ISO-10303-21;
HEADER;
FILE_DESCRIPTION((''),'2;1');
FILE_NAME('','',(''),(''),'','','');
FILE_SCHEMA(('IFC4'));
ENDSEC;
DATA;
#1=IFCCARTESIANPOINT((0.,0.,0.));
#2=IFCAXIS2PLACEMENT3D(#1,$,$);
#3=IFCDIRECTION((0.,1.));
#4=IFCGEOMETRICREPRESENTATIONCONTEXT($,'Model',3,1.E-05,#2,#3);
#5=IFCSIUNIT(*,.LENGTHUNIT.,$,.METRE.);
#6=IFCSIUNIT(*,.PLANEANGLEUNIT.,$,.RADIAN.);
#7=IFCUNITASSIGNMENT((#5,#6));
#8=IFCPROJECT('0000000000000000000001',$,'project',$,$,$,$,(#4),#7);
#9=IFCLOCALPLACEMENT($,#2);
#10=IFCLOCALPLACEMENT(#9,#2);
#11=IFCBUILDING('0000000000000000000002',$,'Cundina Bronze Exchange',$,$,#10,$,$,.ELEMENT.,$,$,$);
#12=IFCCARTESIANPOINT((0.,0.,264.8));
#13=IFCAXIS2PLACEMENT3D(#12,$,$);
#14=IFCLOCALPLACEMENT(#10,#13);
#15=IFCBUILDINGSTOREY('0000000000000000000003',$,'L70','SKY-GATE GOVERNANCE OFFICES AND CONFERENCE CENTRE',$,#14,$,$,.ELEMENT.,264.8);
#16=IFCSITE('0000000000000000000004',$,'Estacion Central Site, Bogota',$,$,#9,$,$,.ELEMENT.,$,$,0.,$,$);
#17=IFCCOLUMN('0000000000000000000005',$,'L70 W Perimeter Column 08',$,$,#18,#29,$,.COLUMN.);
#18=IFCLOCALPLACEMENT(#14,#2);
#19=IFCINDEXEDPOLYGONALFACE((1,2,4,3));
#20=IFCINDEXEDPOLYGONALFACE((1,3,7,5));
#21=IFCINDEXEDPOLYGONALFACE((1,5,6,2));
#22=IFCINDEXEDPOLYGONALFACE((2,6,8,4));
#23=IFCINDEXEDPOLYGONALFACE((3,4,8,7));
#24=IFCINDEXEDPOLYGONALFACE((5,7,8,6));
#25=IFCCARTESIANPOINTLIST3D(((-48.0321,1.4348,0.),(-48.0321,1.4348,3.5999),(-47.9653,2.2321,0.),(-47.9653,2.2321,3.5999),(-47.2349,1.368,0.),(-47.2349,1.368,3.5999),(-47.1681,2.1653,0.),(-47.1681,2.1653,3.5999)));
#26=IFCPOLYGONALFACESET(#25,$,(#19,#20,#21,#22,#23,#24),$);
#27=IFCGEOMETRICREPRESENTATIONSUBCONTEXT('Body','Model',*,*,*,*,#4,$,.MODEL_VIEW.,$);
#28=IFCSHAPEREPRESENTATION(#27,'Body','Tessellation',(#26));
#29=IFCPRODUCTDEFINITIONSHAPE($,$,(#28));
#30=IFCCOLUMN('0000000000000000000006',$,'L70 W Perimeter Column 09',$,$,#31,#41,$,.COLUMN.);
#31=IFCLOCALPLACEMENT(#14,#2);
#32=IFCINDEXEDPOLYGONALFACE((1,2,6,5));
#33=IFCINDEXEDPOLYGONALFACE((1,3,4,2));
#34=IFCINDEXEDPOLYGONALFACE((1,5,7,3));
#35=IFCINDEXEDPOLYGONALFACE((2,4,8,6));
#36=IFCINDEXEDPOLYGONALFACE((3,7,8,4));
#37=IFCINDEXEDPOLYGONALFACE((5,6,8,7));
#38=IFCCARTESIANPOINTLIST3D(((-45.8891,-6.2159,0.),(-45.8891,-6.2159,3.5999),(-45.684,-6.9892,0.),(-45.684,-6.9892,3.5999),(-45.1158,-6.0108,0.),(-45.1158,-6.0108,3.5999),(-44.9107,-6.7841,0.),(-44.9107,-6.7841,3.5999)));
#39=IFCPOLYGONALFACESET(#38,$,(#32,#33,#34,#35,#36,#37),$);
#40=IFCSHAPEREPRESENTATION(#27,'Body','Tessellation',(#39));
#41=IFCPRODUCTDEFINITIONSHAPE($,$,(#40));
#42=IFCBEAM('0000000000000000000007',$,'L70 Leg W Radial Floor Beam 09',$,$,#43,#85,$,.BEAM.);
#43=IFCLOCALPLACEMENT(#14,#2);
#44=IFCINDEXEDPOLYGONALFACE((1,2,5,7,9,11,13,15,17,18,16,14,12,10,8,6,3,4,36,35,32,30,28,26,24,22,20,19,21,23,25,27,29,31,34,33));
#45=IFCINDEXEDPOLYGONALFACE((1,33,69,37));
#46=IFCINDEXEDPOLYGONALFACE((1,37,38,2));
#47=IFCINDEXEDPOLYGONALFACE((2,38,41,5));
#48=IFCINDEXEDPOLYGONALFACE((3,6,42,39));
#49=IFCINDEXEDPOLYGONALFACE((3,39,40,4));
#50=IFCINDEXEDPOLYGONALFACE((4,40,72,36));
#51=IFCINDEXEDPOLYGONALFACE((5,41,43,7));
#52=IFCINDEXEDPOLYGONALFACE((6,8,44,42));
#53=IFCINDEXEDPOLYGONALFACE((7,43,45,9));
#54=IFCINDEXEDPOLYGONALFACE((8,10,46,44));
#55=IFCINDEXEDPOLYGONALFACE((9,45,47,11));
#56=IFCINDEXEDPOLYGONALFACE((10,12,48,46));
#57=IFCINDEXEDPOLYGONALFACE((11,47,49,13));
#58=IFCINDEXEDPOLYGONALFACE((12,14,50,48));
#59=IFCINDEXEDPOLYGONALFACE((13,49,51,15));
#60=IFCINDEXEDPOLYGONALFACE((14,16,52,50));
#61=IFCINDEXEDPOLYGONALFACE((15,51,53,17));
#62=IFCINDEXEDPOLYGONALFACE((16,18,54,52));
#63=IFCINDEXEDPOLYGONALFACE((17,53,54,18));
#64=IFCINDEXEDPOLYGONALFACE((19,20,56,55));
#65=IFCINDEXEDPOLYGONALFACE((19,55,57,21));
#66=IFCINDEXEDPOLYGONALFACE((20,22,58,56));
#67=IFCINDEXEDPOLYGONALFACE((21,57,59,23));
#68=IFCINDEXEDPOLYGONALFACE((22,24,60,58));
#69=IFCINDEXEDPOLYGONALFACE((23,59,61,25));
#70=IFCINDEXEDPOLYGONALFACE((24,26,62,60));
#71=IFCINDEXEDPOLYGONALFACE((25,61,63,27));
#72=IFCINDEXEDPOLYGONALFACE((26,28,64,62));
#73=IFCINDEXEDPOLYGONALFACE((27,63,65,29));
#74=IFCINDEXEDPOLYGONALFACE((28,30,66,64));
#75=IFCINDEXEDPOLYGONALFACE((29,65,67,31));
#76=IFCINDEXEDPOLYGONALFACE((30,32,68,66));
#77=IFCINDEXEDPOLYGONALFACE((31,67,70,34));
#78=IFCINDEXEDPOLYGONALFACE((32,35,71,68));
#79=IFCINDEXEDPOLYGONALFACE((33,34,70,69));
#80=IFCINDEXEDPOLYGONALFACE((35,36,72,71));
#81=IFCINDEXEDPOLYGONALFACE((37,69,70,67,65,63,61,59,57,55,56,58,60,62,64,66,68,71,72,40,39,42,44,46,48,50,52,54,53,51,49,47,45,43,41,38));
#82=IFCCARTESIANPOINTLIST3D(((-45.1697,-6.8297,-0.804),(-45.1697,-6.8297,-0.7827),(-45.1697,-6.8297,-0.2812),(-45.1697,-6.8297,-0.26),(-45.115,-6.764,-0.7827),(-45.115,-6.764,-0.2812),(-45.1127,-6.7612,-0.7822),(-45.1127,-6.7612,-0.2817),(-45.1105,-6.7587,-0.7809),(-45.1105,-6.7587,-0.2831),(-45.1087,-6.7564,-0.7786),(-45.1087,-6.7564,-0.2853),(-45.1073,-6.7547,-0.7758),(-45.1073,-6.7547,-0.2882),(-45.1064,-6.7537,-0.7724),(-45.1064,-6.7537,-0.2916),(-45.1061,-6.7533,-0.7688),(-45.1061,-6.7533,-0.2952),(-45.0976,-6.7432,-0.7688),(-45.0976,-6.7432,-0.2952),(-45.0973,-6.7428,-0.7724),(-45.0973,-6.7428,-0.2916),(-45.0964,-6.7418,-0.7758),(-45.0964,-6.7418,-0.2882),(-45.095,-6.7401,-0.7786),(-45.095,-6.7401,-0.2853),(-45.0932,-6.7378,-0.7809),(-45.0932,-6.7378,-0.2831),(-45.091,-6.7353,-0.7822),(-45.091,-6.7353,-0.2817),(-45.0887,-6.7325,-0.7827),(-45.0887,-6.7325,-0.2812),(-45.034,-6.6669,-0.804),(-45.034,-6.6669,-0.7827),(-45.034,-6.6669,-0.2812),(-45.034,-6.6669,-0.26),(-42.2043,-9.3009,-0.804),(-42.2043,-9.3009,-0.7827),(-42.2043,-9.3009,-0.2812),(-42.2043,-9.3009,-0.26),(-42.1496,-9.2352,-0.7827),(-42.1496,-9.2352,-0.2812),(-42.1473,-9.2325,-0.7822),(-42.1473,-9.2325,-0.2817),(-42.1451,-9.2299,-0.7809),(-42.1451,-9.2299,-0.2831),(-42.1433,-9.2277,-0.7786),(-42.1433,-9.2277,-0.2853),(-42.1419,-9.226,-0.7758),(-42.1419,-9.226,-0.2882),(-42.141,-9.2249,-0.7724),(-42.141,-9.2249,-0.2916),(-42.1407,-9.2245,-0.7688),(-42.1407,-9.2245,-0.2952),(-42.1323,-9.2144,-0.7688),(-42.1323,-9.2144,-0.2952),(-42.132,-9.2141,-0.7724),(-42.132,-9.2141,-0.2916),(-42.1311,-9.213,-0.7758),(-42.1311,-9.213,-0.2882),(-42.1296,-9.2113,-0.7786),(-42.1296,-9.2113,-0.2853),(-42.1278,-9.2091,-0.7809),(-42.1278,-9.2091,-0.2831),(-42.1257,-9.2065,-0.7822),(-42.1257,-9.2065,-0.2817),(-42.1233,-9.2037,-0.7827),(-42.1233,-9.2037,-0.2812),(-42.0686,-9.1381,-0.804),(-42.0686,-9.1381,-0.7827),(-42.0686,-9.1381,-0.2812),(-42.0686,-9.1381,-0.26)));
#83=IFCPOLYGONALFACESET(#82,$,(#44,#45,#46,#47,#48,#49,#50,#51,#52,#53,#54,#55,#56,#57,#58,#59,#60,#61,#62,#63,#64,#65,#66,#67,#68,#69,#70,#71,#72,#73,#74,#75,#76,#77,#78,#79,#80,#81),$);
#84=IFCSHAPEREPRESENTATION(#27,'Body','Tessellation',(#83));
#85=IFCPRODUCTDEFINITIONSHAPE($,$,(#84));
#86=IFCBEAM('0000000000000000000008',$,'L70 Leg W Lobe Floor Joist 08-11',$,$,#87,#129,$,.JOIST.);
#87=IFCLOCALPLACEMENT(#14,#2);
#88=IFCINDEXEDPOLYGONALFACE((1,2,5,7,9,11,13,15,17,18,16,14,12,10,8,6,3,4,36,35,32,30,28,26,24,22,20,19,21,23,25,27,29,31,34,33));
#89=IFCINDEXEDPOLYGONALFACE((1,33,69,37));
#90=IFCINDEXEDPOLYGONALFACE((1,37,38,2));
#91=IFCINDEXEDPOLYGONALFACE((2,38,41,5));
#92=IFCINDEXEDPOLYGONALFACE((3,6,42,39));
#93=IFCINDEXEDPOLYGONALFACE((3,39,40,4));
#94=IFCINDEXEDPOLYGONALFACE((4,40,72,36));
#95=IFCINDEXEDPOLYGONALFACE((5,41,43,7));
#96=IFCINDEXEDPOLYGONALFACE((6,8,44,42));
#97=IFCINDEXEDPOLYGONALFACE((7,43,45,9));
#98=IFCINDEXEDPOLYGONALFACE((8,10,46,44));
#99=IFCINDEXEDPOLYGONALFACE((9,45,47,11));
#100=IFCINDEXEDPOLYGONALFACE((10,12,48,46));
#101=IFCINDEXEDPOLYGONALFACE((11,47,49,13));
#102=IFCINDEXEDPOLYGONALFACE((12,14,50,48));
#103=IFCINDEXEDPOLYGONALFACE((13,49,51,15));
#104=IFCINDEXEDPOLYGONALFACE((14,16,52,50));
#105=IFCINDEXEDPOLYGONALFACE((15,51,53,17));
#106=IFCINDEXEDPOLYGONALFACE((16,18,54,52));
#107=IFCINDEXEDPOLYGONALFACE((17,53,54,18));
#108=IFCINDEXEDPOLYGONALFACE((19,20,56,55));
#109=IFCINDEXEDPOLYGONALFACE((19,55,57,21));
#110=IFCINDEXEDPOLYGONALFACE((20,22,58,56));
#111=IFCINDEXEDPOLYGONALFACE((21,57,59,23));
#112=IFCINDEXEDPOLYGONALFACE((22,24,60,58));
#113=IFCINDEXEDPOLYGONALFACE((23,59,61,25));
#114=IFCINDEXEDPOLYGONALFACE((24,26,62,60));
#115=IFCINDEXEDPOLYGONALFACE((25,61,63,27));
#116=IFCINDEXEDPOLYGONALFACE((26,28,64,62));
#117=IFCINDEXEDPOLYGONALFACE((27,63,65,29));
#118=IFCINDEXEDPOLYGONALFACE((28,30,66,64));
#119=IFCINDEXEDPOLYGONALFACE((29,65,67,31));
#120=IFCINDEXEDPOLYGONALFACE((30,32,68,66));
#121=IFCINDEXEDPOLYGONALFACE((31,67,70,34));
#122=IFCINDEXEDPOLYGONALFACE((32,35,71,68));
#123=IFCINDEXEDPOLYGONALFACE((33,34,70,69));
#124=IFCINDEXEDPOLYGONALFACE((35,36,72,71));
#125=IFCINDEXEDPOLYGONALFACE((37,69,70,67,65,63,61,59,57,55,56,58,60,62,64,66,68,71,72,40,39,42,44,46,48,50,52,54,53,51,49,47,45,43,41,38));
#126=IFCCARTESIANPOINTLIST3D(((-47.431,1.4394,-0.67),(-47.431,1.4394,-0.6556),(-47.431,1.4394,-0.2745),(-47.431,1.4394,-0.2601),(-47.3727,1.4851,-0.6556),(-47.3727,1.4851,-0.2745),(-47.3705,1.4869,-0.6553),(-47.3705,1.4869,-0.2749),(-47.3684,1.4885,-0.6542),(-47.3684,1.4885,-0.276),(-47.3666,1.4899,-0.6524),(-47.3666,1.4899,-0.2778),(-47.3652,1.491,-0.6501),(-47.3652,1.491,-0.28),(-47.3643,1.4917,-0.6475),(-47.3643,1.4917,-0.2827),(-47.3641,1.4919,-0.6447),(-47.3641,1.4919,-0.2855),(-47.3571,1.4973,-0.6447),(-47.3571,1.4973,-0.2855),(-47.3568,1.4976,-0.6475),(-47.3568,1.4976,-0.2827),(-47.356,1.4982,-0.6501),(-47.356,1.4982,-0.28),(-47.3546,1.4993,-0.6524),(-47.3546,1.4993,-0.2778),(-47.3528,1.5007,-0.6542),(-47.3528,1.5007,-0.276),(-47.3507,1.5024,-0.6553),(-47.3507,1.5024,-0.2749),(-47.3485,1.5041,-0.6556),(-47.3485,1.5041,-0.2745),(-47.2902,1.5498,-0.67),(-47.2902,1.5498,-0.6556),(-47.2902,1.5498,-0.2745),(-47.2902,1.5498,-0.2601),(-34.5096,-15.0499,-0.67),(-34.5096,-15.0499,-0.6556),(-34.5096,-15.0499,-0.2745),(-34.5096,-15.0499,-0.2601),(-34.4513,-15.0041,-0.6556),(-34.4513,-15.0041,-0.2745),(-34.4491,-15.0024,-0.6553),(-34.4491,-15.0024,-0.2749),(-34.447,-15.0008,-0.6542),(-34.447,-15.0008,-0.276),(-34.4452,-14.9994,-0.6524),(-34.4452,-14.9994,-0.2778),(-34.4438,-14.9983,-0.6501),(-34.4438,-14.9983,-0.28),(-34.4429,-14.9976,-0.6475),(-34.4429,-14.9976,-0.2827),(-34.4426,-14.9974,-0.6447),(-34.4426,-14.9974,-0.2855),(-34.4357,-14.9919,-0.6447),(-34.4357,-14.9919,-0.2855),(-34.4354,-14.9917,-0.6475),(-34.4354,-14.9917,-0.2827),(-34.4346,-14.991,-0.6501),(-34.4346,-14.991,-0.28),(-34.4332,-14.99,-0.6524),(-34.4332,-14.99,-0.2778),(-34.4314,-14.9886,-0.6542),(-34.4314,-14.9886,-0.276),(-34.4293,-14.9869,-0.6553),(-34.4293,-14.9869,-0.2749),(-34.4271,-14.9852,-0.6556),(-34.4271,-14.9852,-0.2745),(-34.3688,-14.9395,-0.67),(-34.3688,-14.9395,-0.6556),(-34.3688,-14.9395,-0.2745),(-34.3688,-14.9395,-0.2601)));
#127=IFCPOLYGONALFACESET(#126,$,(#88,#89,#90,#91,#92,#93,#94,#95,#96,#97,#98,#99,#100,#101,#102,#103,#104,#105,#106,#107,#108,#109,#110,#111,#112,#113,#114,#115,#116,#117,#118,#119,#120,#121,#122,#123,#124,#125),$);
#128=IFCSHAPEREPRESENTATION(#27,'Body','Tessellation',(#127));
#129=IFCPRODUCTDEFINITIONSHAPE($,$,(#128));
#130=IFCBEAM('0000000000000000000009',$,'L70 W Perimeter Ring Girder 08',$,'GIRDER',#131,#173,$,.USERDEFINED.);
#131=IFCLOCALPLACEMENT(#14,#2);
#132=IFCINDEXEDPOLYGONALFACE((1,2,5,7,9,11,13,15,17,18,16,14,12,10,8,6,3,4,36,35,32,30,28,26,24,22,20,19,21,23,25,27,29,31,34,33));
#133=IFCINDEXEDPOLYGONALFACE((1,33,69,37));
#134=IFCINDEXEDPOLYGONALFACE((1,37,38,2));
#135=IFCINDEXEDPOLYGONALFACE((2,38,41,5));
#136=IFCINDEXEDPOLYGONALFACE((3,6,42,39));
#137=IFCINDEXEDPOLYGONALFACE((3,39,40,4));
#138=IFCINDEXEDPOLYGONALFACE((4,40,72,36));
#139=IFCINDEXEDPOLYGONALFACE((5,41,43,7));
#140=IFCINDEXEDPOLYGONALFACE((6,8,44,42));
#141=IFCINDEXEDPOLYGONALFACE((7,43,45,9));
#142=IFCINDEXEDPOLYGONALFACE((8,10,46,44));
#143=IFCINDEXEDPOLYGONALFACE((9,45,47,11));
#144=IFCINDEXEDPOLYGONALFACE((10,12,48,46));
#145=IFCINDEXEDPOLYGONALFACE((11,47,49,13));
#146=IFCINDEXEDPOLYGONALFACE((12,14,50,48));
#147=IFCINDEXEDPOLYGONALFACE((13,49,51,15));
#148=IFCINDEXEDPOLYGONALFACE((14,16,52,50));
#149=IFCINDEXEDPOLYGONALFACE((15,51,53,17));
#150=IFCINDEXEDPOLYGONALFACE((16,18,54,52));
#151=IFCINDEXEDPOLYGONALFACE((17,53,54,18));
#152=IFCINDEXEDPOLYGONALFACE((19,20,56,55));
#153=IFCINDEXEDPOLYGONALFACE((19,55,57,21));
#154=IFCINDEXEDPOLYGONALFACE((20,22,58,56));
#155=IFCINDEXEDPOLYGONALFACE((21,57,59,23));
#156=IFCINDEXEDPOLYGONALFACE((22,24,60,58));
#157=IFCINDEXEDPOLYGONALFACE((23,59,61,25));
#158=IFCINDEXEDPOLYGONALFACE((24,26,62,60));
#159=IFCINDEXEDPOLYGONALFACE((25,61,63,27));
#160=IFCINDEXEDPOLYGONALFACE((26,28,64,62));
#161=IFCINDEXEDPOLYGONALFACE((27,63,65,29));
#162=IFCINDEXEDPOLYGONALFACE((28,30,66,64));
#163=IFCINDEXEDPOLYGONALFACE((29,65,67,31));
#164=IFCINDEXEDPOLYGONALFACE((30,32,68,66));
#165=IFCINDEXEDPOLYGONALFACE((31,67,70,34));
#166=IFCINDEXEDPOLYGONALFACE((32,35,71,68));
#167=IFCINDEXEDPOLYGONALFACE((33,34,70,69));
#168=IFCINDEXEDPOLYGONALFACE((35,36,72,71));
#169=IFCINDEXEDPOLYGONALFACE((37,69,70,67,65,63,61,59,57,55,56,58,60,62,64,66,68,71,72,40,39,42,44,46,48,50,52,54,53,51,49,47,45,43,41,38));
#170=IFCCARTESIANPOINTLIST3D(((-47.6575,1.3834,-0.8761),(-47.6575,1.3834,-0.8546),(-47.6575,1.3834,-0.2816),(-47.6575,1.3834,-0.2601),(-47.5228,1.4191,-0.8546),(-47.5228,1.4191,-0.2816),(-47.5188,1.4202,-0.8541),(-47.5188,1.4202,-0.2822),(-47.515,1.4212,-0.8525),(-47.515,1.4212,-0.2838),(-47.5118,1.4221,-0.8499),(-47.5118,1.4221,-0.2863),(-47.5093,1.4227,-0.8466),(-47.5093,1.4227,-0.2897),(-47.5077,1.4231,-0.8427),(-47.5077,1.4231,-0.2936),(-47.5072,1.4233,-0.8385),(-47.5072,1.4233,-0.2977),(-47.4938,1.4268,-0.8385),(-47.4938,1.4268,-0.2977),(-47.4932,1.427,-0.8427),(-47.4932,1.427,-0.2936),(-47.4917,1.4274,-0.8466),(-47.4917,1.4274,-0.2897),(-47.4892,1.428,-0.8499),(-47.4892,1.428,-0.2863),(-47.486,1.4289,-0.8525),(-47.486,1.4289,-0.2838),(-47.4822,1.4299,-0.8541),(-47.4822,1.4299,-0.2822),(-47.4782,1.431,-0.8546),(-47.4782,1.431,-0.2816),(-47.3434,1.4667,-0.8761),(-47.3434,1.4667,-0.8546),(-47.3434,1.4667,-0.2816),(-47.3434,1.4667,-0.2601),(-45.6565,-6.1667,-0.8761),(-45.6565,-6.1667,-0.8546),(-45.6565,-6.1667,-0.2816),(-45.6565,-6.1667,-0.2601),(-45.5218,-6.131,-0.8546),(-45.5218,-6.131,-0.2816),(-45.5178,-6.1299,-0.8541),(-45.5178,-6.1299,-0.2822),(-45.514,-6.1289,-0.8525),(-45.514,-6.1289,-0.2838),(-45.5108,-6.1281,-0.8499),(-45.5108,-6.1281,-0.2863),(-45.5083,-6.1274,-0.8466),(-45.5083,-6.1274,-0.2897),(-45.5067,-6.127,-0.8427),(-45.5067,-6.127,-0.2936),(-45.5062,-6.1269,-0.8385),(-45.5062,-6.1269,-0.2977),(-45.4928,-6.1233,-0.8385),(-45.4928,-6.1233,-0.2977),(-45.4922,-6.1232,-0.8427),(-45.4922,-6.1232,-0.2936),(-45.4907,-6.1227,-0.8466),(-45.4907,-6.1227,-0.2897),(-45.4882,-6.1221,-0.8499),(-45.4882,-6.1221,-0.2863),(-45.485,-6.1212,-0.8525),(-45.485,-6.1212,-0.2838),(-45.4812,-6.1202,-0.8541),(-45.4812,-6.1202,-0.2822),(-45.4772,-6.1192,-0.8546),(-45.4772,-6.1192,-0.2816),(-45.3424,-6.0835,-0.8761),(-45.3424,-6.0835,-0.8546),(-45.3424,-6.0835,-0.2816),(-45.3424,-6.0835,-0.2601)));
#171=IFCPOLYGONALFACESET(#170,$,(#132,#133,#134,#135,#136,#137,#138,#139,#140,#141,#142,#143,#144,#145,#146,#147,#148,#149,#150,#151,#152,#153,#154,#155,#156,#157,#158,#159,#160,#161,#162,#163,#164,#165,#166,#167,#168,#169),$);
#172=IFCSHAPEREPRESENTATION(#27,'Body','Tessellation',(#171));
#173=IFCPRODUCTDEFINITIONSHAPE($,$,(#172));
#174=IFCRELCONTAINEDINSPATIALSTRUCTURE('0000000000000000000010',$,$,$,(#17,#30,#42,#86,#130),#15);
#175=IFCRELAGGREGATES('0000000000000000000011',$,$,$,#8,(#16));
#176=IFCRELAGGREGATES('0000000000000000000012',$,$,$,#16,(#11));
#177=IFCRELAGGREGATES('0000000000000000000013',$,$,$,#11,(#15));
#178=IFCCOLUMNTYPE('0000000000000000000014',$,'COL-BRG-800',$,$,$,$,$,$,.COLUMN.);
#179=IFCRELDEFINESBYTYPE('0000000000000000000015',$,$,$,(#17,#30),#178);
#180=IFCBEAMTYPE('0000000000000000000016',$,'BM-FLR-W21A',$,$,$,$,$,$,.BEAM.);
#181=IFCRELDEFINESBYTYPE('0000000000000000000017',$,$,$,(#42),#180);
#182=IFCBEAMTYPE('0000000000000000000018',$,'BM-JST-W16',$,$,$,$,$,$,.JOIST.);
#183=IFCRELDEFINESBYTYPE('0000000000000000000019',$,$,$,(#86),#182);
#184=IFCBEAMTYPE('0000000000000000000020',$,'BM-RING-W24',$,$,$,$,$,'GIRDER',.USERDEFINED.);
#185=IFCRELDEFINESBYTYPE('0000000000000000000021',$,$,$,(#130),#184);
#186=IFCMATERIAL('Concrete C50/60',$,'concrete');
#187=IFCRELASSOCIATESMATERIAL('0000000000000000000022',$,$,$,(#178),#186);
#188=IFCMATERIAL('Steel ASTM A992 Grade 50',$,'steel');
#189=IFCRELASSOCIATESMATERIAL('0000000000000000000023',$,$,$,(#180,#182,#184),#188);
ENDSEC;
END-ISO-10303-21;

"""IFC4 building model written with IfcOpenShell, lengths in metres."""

from ifc_helpers import new_model, si_unit, direction, frame, origin, origin_2d, place, context, subcontext, project, spatial, rectangle, i_section, extrude, material, material_profile, profile_set, type_object, element, save


model = new_model("IFC4")

# Units and contexts
model_context = context("Model", 3, precision=1e-05, world=origin(), true_north=direction((0.0, 1.0)))
body_context = subcontext(model_context, "Body", "Model", "MODEL_VIEW")
ifc_project = project(units=[si_unit("LENGTHUNIT", "METRE"), si_unit("PLANEANGLEUNIT", "RADIAN")], contexts=[model_context])

# Site, building, storey
site_placement = place(None, origin())
site = spatial("IfcSite", under=ifc_project, at=site_placement, Name="Estacion Central Site, Bogota", CompositionType="ELEMENT", RefElevation=0.0)
building_placement = place(site_placement, origin())
building = spatial("IfcBuilding", under=site, at=building_placement, Name="Cundina Bronze Exchange", CompositionType="ELEMENT")
storey_placement = place(building_placement, frame((0.0, 0.0, 264.8)))
storey = spatial("IfcBuildingStorey", under=building, at=storey_placement, Name="L70", Description="SKY-GATE GOVERNANCE OFFICES AND CONFERENCE CENTRE", CompositionType="ELEMENT", Elevation=264.8)

# Columns
ifc_material_1 = material(Name="Concrete C50/60", Category="concrete")
ifc_material_profile_1 = material_profile(ifc_material_1, rectangle(XDim=0.8, YDim=0.8, at=origin_2d()), Name="RC800X800", Category="concrete")
ifc_profile_set_1 = profile_set([ifc_material_profile_1], Name="Concrete C50/60")
column_type = type_object("IfcColumnType", Name="COL-BRG-800", PredefinedType="COLUMN", material=ifc_profile_set_1)
for number, where, z_axis, x_axis, name in (
    (1, (-47.6001, 1.8, 0.0), (0.0, 0.0, 1.0), (-0.083504, -0.996507, 0.0), "L70 W Perimeter Column 08"),
    (2, (-45.3999, -6.5, 0.0), (0.0, 0.0, 1.0), (0.256289, -0.9666, 0.0), "L70 W Perimeter Column 09"),
):
    element("IfcColumn", number, at=place(storey_placement, frame(where, z_axis=z_axis, x_axis=x_axis)), inside=storey, type_object=column_type, Name=name, PredefinedType="COLUMN", context=body_context, shape_type="SweptSolid", body=[
        extrude(rectangle(XDim=0.8, YDim=0.8, at=origin_2d()), origin(), (0.0, 0.0, 1.0), 3.5999),
    ])

# Beams
ifc_material_2 = material(Name="Steel ASTM A992 Grade 50", Category="steel")
ifc_material_profile_2 = material_profile(ifc_material_2, i_section(OverallWidth=0.2119, OverallDepth=0.5439, WebThickness=0.0132, FlangeThickness=0.0212, FilletRadius=0.0139, at=origin_2d()), Name="W21X83", Category="steel")
ifc_profile_set_2 = profile_set([ifc_material_profile_2], Name="Steel ASTM A992 Grade 50")
beam_type_1 = type_object("IfcBeamType", Name="BM-FLR-W21A", PredefinedType="BEAM", material=ifc_profile_set_2)
beam_1_placement = place(storey_placement, frame((-42.1365, -9.2195, -0.532), z_axis=(-0.768211, 0.640197, 0.0), x_axis=(-0.640197, -0.768211, 0.0)))
element("IfcBeam", 3, at=beam_1_placement, inside=storey, type_object=beam_type_1, Name="L70 Leg W Radial Floor Beam 09", PredefinedType="BEAM", context=body_context, shape_type="SweptSolid", body=[
    extrude(i_section(OverallWidth=0.2119, OverallDepth=0.5439, WebThickness=0.0132, FlangeThickness=0.0212, FilletRadius=0.0139, at=origin_2d()), origin(), (0.0, 0.0, 1.0), 3.8601),
])
ifc_material_profile_3 = material_profile(ifc_material_2, i_section(OverallWidth=0.179, OverallDepth=0.4099, WebThickness=0.0088, FlangeThickness=0.0144, FilletRadius=0.011, at=origin_2d()), Name="W16X45", Category="steel")
ifc_profile_set_3 = profile_set([ifc_material_profile_3], Name="Steel ASTM A992 Grade 50")
beam_type_2 = type_object("IfcBeamType", Name="BM-JST-W16", PredefinedType="JOIST", material=ifc_profile_set_3)
beam_2_placement = place(storey_placement, frame((-47.3606, 1.4946, -0.4651), z_axis=(0.616804, -0.787117, 0.0), x_axis=(0.787117, 0.616804, 0.0)))
element("IfcBeam", 4, at=beam_2_placement, inside=storey, type_object=beam_type_2, Name="L70 Leg W Lobe Floor Joist 08-11", PredefinedType="JOIST", context=body_context, shape_type="SweptSolid", body=[
    extrude(i_section(OverallWidth=0.179, OverallDepth=0.4099, WebThickness=0.0088, FlangeThickness=0.0144, FilletRadius=0.011, at=origin_2d()), origin(), (0.0, 0.0, 1.0), 20.949),
])
ifc_material_profile_4 = material_profile(ifc_material_2, i_section(OverallWidth=0.325, OverallDepth=0.616, WebThickness=0.0139, FlangeThickness=0.0215, FilletRadius=0.0161, at=origin_2d()), Name="W24X117", Category="steel")
ifc_profile_set_4 = profile_set([ifc_material_profile_4], Name="Steel ASTM A992 Grade 50")
beam_type_3 = type_object("IfcBeamType", Name="BM-RING-W24", ElementType="GIRDER", PredefinedType="USERDEFINED", material=ifc_profile_set_4)
for number, where, z_axis, x_axis, name in (
    (5, (-47.5005, 1.425, -0.5681), (0.256184, -0.966628, 0.0), (0.966628, 0.256184, 0.0), "L70 W Perimeter Ring Girder 08"),
):
    element("IfcBeam", number, at=place(storey_placement, frame(where, z_axis=z_axis, x_axis=x_axis)), inside=storey, type_object=beam_type_3, Name=name, ObjectType="GIRDER", PredefinedType="USERDEFINED", context=body_context, shape_type="SweptSolid", body=[
        extrude(i_section(OverallWidth=0.325, OverallDepth=0.616, WebThickness=0.0139, FlangeThickness=0.0215, FilletRadius=0.0161, at=origin_2d()), origin(), (0.0, 0.0, 1.0), 7.8108),
    ])

save(model, "model.ifc")
